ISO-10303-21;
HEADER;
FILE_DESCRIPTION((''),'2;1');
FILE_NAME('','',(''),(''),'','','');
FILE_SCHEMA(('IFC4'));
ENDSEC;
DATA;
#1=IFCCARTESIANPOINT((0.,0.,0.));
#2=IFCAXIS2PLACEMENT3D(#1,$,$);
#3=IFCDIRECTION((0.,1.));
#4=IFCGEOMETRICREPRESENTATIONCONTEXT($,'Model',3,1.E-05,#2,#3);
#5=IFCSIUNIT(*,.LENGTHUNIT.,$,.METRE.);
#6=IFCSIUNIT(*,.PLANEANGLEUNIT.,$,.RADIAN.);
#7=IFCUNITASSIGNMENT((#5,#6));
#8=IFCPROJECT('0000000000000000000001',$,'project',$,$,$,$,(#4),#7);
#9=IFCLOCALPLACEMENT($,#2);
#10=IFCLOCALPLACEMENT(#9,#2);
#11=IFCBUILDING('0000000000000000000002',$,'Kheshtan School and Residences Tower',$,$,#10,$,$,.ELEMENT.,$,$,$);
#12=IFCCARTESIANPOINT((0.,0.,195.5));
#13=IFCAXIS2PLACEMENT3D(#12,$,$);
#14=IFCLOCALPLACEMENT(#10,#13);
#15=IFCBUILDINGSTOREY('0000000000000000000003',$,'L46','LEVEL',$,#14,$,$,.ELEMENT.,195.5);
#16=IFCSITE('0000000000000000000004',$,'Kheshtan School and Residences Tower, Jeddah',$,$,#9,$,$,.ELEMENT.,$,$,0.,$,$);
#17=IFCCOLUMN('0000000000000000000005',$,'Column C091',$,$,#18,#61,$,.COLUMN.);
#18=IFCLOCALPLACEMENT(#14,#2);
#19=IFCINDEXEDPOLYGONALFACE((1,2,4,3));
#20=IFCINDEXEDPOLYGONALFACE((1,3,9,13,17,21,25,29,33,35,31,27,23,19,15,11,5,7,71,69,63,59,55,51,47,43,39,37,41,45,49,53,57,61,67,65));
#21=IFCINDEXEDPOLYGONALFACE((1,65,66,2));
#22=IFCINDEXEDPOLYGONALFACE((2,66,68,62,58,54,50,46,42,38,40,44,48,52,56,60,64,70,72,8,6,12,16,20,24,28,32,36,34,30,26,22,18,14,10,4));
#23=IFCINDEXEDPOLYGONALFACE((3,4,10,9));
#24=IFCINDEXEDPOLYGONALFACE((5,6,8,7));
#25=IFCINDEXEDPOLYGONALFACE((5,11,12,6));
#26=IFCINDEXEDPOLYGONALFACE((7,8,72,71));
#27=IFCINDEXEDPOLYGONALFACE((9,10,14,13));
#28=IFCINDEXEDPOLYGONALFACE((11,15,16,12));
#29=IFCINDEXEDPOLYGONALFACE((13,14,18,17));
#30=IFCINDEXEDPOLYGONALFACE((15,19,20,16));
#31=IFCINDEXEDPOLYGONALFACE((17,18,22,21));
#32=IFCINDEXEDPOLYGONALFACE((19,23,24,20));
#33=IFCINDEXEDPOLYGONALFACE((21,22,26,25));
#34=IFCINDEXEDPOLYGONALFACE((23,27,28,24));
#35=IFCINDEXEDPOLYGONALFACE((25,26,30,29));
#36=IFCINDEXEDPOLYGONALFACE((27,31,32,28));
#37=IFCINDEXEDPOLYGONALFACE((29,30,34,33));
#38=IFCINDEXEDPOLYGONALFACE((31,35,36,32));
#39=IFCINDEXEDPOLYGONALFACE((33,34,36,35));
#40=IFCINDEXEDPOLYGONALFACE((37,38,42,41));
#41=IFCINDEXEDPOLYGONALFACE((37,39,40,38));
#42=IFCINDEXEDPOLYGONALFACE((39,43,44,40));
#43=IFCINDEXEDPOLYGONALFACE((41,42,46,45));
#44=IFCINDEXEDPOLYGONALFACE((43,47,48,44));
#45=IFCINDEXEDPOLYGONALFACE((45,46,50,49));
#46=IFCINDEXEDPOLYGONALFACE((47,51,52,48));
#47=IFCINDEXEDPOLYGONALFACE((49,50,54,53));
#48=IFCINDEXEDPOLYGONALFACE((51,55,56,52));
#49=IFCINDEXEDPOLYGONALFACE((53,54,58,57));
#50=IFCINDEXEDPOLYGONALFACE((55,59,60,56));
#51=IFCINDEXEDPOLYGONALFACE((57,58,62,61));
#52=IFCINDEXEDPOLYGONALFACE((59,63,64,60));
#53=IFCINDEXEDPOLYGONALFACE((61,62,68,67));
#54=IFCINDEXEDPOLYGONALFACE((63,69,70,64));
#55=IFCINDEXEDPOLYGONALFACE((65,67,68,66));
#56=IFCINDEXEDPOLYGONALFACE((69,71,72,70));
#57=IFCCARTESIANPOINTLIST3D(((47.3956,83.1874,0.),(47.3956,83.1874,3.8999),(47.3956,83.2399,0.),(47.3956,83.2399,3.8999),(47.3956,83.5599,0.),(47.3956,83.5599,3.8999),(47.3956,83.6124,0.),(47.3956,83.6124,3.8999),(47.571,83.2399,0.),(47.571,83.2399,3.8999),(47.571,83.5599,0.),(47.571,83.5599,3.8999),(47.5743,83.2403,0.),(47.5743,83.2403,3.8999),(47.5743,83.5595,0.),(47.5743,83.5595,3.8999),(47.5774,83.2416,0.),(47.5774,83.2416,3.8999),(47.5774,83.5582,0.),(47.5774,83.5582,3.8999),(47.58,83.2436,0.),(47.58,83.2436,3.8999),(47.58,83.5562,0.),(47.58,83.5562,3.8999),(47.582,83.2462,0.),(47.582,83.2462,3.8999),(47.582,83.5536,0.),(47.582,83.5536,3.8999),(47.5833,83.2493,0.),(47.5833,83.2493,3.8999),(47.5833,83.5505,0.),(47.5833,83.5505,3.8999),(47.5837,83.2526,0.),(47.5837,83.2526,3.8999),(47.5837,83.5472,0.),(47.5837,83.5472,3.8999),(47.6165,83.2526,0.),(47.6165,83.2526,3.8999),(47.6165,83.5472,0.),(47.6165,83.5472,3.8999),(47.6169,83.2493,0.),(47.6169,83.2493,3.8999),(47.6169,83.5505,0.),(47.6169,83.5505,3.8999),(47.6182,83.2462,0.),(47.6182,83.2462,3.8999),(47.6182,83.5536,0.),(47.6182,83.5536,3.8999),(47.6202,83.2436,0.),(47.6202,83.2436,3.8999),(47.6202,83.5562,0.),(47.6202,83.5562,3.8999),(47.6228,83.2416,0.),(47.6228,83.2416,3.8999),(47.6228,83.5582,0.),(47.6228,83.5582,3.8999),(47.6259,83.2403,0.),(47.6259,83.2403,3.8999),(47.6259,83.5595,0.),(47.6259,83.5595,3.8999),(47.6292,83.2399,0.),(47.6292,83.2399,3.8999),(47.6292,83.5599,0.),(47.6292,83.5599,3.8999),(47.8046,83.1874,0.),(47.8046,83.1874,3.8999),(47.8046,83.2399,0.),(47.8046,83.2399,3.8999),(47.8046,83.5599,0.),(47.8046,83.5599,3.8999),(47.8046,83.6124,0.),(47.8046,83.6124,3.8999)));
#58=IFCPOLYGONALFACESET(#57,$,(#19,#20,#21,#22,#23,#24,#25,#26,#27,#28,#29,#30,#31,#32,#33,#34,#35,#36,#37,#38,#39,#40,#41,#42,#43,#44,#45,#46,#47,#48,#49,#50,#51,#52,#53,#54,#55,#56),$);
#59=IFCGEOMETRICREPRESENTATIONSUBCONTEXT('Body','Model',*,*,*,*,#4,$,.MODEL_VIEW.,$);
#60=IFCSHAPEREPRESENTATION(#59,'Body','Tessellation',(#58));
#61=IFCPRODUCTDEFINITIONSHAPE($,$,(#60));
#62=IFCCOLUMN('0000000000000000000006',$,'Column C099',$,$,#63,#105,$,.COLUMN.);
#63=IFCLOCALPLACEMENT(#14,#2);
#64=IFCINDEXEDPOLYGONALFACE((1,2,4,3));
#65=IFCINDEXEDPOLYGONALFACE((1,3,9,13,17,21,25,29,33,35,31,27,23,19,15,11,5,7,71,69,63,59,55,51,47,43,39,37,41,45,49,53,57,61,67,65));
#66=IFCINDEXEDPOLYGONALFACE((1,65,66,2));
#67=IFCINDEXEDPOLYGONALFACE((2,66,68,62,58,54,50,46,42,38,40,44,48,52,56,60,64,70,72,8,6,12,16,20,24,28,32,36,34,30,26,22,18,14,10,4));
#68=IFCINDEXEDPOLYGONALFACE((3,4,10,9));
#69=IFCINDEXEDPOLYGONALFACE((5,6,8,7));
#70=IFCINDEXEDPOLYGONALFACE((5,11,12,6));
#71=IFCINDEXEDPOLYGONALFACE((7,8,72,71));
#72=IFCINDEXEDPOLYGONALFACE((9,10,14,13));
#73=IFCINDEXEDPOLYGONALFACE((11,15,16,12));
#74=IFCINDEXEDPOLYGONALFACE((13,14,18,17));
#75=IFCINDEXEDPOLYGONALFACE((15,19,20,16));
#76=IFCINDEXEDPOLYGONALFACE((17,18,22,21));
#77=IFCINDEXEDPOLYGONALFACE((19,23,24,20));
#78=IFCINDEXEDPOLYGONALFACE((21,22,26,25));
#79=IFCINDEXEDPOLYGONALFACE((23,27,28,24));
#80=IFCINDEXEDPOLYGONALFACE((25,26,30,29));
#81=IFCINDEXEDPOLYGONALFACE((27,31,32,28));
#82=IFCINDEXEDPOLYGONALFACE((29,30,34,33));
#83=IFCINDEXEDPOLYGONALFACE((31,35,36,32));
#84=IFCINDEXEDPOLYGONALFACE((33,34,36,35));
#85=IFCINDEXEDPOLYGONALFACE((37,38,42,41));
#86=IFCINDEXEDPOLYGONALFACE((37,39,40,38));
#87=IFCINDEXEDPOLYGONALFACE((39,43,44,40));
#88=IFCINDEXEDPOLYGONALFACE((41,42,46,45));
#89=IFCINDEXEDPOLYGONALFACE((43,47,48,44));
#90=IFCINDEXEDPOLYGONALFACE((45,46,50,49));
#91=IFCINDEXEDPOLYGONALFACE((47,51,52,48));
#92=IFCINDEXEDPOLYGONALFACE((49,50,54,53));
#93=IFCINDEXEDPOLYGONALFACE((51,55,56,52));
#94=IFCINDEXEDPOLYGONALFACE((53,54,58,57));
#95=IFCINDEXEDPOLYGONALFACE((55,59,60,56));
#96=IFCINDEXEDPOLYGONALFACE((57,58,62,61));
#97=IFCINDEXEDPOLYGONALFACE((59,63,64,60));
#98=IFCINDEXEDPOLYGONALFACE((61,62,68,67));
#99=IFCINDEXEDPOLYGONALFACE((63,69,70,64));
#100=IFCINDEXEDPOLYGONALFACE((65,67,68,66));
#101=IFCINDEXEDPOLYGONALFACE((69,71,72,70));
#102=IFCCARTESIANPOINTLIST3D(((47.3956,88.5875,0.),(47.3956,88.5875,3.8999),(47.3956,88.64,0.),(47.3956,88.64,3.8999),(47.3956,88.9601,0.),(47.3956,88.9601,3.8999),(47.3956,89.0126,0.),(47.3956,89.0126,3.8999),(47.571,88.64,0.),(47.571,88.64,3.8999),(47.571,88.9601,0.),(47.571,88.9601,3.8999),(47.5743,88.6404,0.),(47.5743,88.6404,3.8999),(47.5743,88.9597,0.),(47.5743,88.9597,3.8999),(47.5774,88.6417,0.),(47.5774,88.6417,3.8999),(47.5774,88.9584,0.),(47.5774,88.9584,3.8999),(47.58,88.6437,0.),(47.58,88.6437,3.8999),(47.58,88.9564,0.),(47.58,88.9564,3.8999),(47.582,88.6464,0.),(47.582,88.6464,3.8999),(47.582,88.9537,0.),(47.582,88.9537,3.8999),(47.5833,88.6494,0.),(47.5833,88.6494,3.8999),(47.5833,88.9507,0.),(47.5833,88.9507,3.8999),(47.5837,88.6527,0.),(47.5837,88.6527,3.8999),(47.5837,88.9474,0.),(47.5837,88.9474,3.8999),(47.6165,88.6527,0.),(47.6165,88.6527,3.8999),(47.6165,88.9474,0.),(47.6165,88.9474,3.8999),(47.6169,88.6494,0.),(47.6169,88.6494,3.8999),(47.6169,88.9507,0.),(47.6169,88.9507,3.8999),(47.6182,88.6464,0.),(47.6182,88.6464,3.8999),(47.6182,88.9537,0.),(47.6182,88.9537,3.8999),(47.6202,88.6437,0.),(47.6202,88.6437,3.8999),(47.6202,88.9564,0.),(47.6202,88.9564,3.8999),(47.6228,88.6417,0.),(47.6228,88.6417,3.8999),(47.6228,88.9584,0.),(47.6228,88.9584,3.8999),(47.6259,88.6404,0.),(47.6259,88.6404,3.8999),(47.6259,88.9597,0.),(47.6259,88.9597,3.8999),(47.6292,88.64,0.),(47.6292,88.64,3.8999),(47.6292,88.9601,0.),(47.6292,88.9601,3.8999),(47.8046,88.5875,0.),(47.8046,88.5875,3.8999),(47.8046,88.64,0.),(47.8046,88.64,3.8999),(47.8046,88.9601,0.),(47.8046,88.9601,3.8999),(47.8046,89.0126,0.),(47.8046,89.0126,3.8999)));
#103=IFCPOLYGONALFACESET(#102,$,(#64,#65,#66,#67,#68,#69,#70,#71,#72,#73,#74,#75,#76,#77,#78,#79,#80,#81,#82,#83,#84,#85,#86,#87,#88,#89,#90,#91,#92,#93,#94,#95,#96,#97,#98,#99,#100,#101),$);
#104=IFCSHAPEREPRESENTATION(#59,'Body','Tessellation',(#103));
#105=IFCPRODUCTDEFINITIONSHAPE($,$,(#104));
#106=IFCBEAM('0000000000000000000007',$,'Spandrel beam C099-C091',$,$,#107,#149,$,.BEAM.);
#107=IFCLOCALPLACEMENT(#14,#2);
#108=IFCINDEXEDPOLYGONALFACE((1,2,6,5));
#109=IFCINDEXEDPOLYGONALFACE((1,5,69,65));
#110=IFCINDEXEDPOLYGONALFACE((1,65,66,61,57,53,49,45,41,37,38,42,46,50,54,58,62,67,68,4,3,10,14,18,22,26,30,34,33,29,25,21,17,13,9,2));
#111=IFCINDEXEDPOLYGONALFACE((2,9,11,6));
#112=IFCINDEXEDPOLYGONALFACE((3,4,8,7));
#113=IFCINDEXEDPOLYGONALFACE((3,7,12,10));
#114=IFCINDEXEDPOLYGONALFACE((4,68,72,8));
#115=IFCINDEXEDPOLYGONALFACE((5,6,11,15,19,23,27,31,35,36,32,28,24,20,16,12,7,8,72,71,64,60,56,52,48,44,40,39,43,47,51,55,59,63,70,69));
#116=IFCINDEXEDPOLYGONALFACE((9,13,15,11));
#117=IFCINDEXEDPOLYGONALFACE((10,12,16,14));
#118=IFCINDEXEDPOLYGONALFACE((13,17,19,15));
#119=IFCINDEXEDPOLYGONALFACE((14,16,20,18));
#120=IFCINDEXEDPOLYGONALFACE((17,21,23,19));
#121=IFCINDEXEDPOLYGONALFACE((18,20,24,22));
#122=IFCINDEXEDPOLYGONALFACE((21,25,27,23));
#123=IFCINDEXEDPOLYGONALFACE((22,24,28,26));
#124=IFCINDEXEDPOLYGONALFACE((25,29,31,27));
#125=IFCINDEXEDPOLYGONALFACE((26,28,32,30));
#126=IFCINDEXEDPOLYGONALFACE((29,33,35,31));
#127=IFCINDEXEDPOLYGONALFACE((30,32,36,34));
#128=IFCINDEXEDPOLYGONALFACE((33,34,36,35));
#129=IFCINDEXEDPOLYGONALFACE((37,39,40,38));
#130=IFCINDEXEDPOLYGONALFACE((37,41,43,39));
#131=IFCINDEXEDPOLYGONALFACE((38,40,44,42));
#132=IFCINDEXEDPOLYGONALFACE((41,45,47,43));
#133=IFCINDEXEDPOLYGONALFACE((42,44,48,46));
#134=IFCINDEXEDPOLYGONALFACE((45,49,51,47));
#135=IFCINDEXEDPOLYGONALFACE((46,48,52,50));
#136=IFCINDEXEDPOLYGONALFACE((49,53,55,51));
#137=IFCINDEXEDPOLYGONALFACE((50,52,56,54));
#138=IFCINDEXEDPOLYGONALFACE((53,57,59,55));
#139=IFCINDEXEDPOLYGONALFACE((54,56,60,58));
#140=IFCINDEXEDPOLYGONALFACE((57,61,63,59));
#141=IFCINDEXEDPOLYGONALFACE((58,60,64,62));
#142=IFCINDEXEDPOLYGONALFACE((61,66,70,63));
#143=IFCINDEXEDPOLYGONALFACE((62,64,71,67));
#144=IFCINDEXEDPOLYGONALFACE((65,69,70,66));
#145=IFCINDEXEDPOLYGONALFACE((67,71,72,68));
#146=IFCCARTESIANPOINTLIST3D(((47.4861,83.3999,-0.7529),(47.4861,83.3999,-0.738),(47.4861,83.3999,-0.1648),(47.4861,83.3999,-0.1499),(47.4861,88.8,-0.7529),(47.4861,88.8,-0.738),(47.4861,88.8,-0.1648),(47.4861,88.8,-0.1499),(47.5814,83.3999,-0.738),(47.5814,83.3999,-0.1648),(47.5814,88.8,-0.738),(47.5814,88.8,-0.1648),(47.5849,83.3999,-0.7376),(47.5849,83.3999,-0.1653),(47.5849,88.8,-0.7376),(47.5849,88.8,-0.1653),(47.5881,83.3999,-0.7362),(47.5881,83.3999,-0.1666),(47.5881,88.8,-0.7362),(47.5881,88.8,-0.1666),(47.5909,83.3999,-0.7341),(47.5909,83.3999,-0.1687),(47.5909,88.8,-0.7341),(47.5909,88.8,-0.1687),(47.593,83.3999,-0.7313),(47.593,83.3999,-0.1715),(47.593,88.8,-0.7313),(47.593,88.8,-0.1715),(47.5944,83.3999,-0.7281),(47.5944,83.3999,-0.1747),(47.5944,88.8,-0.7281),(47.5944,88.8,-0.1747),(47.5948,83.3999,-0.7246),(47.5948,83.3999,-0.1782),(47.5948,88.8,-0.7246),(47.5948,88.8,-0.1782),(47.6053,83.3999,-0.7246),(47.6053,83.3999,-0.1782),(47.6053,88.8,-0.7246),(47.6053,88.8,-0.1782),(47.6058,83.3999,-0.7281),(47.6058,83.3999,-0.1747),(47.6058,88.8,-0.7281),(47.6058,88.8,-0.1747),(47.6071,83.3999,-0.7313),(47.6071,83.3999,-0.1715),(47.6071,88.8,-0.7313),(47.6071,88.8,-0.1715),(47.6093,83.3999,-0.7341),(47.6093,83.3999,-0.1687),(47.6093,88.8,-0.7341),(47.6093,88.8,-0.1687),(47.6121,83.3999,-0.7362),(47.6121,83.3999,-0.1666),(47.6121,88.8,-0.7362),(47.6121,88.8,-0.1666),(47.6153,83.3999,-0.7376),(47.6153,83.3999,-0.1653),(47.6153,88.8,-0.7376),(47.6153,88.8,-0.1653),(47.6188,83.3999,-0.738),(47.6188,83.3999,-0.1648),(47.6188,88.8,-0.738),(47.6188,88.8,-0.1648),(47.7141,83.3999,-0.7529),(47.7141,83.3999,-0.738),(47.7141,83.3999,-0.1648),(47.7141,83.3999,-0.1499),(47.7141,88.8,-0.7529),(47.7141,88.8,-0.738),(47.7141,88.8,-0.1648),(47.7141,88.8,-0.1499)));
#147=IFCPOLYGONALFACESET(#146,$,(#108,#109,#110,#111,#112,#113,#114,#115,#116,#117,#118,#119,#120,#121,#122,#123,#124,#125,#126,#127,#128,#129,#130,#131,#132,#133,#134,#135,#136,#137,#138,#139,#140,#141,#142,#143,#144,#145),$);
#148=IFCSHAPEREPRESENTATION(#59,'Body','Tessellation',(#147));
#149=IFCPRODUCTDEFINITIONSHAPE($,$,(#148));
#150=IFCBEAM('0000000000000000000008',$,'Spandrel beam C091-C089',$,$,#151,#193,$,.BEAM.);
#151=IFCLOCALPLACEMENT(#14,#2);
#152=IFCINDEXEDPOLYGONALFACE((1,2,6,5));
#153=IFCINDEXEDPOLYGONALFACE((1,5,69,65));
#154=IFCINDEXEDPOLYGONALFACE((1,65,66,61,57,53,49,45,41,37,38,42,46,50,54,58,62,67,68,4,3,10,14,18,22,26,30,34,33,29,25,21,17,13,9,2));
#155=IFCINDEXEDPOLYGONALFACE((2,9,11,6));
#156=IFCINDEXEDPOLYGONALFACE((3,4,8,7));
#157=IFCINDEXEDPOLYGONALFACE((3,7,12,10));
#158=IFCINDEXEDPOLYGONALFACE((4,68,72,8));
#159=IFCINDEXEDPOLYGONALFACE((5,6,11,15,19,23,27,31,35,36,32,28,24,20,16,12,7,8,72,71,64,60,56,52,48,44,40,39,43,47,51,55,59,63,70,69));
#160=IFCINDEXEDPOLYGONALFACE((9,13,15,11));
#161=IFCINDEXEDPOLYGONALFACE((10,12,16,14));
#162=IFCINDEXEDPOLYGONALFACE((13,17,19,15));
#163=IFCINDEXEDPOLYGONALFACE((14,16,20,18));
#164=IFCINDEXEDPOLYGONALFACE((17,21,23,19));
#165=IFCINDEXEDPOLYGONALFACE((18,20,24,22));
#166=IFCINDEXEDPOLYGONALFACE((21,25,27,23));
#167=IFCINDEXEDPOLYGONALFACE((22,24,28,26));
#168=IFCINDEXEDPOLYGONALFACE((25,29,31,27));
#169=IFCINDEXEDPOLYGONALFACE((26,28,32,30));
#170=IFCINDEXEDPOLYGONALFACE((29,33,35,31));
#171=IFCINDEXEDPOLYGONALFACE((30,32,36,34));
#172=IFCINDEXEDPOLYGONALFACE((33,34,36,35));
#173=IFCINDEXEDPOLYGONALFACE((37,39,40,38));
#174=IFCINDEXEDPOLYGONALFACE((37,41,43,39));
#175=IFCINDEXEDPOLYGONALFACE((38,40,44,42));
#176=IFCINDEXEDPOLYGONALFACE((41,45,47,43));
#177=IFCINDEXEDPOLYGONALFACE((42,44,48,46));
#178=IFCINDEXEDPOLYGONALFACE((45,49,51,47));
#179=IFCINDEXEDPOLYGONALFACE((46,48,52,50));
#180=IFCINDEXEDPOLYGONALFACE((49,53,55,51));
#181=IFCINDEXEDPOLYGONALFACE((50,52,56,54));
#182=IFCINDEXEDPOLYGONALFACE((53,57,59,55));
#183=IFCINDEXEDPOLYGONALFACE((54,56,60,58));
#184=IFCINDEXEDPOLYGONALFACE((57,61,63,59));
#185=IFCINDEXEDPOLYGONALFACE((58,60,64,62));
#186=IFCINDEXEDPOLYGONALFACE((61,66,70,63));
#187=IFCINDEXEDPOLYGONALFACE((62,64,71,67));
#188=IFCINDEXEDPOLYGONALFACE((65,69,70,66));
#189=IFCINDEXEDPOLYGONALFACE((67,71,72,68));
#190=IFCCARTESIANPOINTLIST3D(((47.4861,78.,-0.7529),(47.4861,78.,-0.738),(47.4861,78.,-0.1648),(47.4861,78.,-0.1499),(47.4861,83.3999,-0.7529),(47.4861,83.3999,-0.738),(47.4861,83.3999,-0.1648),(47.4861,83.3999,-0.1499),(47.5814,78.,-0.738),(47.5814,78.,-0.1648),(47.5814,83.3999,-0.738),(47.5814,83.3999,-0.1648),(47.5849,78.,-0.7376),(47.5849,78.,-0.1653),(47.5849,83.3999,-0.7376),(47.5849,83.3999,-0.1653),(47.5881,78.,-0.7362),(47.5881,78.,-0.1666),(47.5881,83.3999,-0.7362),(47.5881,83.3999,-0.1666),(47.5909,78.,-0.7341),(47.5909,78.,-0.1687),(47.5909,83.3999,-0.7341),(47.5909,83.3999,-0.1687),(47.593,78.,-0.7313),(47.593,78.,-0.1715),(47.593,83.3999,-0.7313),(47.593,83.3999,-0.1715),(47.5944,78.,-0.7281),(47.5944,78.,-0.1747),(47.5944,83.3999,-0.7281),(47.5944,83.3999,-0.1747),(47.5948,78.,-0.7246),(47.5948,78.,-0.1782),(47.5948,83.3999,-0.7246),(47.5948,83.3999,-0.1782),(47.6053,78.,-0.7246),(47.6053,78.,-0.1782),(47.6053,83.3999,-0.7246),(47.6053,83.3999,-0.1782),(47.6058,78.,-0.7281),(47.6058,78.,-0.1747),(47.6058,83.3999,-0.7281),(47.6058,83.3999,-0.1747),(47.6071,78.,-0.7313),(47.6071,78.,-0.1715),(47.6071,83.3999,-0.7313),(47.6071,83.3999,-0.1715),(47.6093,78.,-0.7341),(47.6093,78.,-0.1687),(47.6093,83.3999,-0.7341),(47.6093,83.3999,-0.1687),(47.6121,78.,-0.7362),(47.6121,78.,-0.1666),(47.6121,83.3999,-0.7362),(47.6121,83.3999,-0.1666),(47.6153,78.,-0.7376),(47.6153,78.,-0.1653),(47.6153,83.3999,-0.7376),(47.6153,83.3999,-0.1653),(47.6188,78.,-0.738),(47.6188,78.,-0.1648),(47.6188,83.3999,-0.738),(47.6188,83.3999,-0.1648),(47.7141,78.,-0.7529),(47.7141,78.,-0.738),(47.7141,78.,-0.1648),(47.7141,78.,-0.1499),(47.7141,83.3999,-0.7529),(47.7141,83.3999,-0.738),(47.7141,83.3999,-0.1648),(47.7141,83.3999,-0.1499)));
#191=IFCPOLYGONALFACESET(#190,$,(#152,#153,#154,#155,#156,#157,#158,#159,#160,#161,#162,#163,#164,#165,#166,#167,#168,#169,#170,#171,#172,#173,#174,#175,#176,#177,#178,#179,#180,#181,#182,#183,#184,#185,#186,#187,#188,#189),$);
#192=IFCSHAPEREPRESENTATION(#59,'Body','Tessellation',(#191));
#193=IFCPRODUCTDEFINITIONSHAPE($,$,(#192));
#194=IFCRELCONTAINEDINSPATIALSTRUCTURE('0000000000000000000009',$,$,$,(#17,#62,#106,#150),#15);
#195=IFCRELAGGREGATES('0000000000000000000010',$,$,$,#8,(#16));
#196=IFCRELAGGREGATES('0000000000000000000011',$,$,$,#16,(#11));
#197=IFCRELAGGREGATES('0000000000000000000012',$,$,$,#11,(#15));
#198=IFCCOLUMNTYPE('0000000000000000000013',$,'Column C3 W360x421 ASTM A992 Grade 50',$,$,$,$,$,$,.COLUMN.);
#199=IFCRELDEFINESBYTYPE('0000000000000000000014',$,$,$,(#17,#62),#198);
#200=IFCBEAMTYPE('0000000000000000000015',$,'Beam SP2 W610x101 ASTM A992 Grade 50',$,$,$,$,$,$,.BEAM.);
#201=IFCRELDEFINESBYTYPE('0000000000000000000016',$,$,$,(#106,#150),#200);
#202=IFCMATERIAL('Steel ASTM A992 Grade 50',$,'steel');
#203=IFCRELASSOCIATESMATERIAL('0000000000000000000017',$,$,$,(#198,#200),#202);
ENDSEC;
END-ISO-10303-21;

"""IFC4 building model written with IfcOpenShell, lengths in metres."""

from ifc_helpers import new_model, si_unit, direction, frame, origin, origin_2d, place, context, subcontext, project, spatial, i_section, extrude, material, material_profile, profile_set, type_object, element, save


model = new_model("IFC4")

# Units and contexts
model_context = context("Model", 3, precision=1e-05, world=origin(), true_north=direction((0.0, 1.0)))
body_context = subcontext(model_context, "Body", "Model", "MODEL_VIEW")
ifc_project = project(units=[si_unit("LENGTHUNIT", "METRE"), si_unit("PLANEANGLEUNIT", "RADIAN")], contexts=[model_context])

# Site, building, storey
site_placement = place(None, origin())
site = spatial("IfcSite", under=ifc_project, at=site_placement, Name="Kheshtan School and Residences Tower, Jeddah", CompositionType="ELEMENT", RefElevation=0.0)
building_placement = place(site_placement, origin())
building = spatial("IfcBuilding", under=site, at=building_placement, Name="Kheshtan School and Residences Tower", CompositionType="ELEMENT")
storey_placement = place(building_placement, frame((0.0, 0.0, 195.5)))
storey = spatial("IfcBuildingStorey", under=building, at=storey_placement, Name="L46", Description="LEVEL", CompositionType="ELEMENT", Elevation=195.5)

# Columns
ifc_material_1 = material(Name="Steel ASTM A992 Grade 50", Category="steel")
ifc_material_profile_1 = material_profile(ifc_material_1, i_section(OverallWidth=0.4089, OverallDepth=0.425, WebThickness=0.0327, FlangeThickness=0.0525, FilletRadius=0.0127, at=origin_2d()), Name="W360x421")
ifc_profile_set_1 = profile_set([ifc_material_profile_1], Name="Steel ASTM A992 Grade 50")
column_type = type_object("IfcColumnType", Name="Column C3 W360x421 ASTM A992 Grade 50", PredefinedType="COLUMN", material=ifc_profile_set_1)
for number, where, z_axis, x_axis, name in (
    (1, (47.6001, 83.3999, 0.0), (0.0, 0.0, 1.0), (1.0, 0.0, 0.0), "Column C091"),
    (2, (47.6001, 88.8, 0.0), (0.0, 0.0, 1.0), (1.0, 0.0, 0.0), "Column C099"),
):
    element("IfcColumn", number, at=place(storey_placement, frame(where, z_axis=z_axis, x_axis=x_axis)), inside=storey, type_object=column_type, Name=name, PredefinedType="COLUMN", context=body_context, shape_type="SweptSolid", body=[
        extrude(i_section(OverallWidth=0.4089, OverallDepth=0.425, WebThickness=0.0327, FlangeThickness=0.0525, FilletRadius=0.0127, at=origin_2d()), origin(), (0.0, 0.0, 1.0), 3.8999),
    ])

# Beams
ifc_material_profile_2 = material_profile(ifc_material_1, i_section(OverallWidth=0.228, OverallDepth=0.603, WebThickness=0.0105, FlangeThickness=0.0149, FilletRadius=0.0134, at=origin_2d()), Name="W610x101")
ifc_profile_set_2 = profile_set([ifc_material_profile_2], Name="Steel ASTM A992 Grade 50")
beam_type = type_object("IfcBeamType", Name="Beam SP2 W610x101 ASTM A992 Grade 50", PredefinedType="BEAM", material=ifc_profile_set_2)
beam_1_placement = place(storey_placement, frame((47.6001, 88.8, -0.4514), z_axis=(0.0, -1.0, 0.0), x_axis=(1.0, 0.0, 0.0)))
element("IfcBeam", 3, at=beam_1_placement, inside=storey, type_object=beam_type, Name="Spandrel beam C099-C091", PredefinedType="BEAM", context=body_context, shape_type="SweptSolid", body=[
    extrude(i_section(OverallWidth=0.228, OverallDepth=0.603, WebThickness=0.0105, FlangeThickness=0.0149, FilletRadius=0.0134, at=origin_2d()), origin(), (0.0, 0.0, 1.0), 5.4001),
])
beam_2_placement = place(storey_placement, frame((47.6001, 83.3999, -0.4514), z_axis=(0.0, -1.0, 0.0), x_axis=(1.0, 0.0, 0.0)))
element("IfcBeam", 4, at=beam_2_placement, inside=storey, type_object=beam_type, Name="Spandrel beam C091-C089", PredefinedType="BEAM", context=body_context, shape_type="SweptSolid", body=[
    extrude(i_section(OverallWidth=0.228, OverallDepth=0.603, WebThickness=0.0105, FlangeThickness=0.0149, FilletRadius=0.0134, at=origin_2d()), origin(), (0.0, 0.0, 1.0), 5.3999),
])

save(model, "model.ifc")
